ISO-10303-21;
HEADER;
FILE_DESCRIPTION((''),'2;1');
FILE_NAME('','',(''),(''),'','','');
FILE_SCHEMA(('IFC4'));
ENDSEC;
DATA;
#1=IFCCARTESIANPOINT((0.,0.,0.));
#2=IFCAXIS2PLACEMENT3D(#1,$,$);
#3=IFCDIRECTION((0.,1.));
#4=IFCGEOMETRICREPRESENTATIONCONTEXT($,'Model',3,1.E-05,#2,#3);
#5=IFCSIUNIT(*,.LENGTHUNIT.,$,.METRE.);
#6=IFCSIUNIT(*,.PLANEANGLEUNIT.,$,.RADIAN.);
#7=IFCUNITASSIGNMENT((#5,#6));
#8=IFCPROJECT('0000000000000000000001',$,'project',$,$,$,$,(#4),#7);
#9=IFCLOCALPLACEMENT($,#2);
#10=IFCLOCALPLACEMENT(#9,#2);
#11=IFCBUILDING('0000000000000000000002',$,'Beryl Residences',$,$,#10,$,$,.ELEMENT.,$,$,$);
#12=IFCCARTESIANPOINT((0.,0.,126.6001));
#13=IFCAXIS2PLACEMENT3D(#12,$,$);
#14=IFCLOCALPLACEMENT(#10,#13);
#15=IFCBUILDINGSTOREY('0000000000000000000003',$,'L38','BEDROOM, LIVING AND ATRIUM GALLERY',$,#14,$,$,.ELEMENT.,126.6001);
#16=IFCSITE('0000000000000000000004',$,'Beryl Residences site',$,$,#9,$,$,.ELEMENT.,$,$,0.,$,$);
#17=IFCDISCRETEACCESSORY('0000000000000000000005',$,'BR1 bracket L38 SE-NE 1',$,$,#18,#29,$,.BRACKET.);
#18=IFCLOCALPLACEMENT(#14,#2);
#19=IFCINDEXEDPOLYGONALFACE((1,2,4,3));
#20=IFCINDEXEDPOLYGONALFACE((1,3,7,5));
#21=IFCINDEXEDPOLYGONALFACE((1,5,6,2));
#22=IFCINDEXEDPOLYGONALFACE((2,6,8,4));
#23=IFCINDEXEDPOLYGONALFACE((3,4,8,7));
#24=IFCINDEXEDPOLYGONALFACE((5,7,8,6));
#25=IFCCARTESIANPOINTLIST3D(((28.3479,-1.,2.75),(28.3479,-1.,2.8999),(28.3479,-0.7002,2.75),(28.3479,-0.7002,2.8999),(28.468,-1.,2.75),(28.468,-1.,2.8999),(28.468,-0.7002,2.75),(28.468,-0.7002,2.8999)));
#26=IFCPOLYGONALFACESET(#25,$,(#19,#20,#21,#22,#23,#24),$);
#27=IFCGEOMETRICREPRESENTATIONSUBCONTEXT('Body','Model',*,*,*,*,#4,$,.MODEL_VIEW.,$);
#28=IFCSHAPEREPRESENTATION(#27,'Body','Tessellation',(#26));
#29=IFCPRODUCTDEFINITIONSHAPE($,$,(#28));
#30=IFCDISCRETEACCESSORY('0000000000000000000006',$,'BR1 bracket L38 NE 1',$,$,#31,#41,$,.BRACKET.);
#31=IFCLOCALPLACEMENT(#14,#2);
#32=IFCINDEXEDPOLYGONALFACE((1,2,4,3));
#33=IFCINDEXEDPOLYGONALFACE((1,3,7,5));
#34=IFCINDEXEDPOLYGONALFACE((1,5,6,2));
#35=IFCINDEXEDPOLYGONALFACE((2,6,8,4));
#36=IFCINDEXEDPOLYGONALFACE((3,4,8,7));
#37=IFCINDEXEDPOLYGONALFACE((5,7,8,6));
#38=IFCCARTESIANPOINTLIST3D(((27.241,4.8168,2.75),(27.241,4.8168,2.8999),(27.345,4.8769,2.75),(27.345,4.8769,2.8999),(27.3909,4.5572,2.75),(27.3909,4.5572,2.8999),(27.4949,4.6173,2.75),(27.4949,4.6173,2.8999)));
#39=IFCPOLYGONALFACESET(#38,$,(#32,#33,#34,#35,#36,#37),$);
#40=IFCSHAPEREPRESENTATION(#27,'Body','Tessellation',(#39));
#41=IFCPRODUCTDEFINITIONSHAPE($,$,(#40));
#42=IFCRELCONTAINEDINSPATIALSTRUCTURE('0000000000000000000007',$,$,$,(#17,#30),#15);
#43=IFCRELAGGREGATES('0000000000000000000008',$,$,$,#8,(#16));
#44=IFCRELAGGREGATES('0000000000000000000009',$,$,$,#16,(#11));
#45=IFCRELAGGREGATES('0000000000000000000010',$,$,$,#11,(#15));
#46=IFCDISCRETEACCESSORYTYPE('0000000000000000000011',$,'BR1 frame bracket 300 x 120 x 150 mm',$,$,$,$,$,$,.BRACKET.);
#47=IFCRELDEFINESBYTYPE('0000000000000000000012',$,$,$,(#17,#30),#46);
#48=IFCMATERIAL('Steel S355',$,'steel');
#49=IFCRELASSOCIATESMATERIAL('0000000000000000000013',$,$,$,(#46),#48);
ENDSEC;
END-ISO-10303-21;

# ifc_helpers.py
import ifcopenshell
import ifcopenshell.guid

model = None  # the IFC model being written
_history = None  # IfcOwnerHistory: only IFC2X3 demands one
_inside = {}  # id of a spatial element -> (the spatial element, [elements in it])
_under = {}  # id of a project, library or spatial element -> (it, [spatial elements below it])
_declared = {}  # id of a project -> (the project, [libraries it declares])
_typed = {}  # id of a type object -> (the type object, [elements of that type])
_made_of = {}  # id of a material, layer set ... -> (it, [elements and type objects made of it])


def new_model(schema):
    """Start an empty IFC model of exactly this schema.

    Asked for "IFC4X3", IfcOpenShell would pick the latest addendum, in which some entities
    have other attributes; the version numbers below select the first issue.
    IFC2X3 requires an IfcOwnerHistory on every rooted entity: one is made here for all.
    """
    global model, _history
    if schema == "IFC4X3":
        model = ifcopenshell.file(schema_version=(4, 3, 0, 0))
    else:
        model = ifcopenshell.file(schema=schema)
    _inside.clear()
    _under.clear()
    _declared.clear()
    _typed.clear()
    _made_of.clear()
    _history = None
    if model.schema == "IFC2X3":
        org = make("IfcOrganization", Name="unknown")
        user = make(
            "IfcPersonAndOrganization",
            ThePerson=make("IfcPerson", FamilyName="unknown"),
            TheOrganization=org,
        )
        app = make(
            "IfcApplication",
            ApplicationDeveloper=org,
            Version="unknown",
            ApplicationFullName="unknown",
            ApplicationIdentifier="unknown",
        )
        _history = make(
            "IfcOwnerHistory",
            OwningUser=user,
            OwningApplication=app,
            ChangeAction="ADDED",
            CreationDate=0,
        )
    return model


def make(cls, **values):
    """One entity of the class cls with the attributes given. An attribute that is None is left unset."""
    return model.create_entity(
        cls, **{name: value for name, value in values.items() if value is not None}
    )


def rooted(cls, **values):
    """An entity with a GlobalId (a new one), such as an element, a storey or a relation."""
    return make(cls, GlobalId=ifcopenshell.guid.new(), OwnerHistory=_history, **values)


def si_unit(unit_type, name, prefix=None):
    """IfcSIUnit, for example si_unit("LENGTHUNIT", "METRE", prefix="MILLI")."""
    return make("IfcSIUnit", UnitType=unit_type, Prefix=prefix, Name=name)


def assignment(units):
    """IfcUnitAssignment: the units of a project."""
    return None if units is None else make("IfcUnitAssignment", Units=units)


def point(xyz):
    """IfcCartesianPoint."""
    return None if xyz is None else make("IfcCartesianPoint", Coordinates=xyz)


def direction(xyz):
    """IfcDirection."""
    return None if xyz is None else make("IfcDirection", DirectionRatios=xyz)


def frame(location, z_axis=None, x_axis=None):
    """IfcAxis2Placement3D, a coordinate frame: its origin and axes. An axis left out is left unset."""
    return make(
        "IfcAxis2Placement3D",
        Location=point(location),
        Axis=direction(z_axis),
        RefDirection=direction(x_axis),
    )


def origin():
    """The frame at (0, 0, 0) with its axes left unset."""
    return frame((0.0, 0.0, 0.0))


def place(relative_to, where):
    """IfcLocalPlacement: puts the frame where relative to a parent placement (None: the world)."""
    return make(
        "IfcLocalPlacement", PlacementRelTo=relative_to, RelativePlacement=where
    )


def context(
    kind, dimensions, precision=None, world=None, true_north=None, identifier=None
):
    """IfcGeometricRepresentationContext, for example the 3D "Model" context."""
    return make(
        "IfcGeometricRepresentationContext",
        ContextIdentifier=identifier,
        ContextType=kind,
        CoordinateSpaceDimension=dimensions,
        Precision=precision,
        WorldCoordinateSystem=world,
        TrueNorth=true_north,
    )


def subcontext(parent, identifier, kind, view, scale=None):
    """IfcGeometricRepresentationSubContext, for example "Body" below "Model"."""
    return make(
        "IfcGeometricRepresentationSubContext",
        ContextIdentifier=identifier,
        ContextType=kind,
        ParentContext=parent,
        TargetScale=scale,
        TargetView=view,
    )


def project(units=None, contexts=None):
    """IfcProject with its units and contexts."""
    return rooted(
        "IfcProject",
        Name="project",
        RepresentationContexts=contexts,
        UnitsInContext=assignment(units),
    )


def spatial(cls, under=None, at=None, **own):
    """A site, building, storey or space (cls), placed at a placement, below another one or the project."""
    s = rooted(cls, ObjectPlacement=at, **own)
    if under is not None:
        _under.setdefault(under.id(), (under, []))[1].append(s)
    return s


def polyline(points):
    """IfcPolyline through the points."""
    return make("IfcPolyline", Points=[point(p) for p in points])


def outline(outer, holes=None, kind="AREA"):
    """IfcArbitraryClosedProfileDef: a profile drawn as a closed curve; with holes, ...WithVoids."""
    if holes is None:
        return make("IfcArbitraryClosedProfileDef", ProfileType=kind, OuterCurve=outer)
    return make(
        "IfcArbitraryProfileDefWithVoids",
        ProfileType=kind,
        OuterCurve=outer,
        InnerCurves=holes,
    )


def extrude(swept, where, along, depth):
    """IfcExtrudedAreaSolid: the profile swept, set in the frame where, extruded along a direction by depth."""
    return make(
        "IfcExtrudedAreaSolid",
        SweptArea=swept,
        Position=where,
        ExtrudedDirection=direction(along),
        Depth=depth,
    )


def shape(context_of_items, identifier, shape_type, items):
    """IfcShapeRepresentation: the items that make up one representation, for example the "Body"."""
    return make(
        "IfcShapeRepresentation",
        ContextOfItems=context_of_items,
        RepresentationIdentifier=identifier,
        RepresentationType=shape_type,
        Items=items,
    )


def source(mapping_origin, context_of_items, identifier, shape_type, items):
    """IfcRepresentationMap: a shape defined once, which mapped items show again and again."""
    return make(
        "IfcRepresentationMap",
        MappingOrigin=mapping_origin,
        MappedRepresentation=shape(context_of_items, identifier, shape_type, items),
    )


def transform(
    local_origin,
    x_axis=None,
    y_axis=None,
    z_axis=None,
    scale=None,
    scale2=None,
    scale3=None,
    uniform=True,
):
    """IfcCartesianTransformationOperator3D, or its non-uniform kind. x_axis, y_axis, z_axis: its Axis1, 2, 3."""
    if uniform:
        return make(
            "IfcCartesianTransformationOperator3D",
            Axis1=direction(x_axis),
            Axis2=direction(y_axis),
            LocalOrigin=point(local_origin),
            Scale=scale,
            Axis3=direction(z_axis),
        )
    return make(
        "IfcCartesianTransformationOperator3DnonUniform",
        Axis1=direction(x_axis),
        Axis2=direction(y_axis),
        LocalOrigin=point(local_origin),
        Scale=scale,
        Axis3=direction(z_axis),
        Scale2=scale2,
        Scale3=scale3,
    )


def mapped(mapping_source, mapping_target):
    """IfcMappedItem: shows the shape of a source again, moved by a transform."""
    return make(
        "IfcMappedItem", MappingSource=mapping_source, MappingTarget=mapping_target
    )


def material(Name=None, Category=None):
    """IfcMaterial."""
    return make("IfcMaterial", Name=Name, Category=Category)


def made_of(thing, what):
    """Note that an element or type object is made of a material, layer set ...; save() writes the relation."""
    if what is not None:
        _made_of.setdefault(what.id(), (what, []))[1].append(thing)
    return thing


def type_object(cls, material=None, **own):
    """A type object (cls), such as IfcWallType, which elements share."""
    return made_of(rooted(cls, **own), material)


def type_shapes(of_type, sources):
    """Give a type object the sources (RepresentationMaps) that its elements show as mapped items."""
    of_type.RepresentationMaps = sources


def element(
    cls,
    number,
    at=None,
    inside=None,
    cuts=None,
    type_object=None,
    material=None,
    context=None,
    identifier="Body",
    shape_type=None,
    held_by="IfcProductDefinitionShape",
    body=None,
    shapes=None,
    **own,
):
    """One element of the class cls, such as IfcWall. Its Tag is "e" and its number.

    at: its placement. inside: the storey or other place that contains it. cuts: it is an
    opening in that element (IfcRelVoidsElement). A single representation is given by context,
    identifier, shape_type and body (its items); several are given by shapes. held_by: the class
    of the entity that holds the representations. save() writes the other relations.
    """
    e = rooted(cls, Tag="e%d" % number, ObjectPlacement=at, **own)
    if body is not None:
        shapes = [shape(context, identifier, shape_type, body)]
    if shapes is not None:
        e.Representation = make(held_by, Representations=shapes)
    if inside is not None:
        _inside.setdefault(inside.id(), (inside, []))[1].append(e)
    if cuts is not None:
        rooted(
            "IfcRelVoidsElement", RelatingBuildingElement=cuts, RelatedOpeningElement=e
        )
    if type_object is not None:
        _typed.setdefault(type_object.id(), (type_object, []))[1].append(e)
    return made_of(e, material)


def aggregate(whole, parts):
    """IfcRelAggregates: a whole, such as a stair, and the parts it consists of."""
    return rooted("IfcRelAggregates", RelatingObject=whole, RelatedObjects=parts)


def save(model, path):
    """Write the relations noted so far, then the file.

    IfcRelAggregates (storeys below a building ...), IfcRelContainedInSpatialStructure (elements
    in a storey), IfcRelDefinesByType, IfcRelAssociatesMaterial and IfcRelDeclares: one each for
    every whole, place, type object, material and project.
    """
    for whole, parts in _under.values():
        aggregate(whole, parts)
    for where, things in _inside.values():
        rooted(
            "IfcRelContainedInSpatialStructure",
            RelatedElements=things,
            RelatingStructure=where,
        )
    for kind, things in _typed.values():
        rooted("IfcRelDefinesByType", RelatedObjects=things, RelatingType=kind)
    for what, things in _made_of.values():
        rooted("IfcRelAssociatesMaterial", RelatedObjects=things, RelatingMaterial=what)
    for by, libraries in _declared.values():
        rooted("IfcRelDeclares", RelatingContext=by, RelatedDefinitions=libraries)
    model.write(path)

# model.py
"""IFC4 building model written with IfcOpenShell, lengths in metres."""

from ifc_helpers import new_model, si_unit, direction, frame, origin, place, context, subcontext, project, spatial, polyline, outline, extrude, source, transform, mapped, material, type_object, type_shapes, element, save


model = new_model("IFC4")

# Units and contexts
model_context = context("Model", 3, precision=1e-05, world=origin(), true_north=direction((0.0, 1.0)))
body_context = subcontext(model_context, "Body", "Model", "MODEL_VIEW")
ifc_project = project(units=[si_unit("LENGTHUNIT", "METRE"), si_unit("PLANEANGLEUNIT", "RADIAN")], contexts=[model_context])

# Site, building, storey
site_placement = place(None, origin())
site = spatial("IfcSite", under=ifc_project, at=site_placement, Name="Beryl Residences site", CompositionType="ELEMENT", RefElevation=0.0)
building_placement = place(site_placement, origin())
building = spatial("IfcBuilding", under=site, at=building_placement, Name="Beryl Residences", CompositionType="ELEMENT")
storey_placement = place(building_placement, frame((0.0, 0.0, 126.6001)))
storey = spatial("IfcBuildingStorey", under=building, at=storey_placement, Name="L38", Description="BEDROOM, LIVING AND ATRIUM GALLERY", CompositionType="ELEMENT", Elevation=126.6001)

# Discrete accessories
ifc_material_1 = material(Name="Steel S355", Category="steel")
discrete_accessory_type = type_object("IfcDiscreteAccessoryType", Name="BR1 frame bracket 300 x 120 x 150 mm", PredefinedType="BRACKET", material=ifc_material_1)
shared_shape_1 = source(origin(), body_context, "Body", "SweptSolid", [
    extrude(outline(polyline([(-0.1499, 0.0), (0.1499, 0.0), (0.1499, 0.1201), (-0.1499, 0.1201), (-0.1499, 0.0)])), origin(), (0.0, 0.0, 1.0), 0.1499),
])
type_shapes(discrete_accessory_type, [shared_shape_1])
for number, where, z_axis, x_axis, name in (
    (1, (28.3479, -0.8501, 2.75), (0.0, 0.0, 1.0), (0.0, -1.0, 0.0), "BR1 bracket L38 SE-NE 1"),
    (2, (27.3159, 4.687, 2.75), (0.0, 0.0, 1.0), (0.5, -0.866025, 0.0), "BR1 bracket L38 NE 1"),
):
    element("IfcDiscreteAccessory", number, at=place(storey_placement, frame(where, z_axis=z_axis, x_axis=x_axis)), inside=storey, type_object=discrete_accessory_type, Name=name, PredefinedType="BRACKET", context=body_context, shape_type="MappedRepresentation", body=[
        mapped(shared_shape_1, transform((0.0, 0.0, 0.0))),
    ])

save(model, "model.ifc")
